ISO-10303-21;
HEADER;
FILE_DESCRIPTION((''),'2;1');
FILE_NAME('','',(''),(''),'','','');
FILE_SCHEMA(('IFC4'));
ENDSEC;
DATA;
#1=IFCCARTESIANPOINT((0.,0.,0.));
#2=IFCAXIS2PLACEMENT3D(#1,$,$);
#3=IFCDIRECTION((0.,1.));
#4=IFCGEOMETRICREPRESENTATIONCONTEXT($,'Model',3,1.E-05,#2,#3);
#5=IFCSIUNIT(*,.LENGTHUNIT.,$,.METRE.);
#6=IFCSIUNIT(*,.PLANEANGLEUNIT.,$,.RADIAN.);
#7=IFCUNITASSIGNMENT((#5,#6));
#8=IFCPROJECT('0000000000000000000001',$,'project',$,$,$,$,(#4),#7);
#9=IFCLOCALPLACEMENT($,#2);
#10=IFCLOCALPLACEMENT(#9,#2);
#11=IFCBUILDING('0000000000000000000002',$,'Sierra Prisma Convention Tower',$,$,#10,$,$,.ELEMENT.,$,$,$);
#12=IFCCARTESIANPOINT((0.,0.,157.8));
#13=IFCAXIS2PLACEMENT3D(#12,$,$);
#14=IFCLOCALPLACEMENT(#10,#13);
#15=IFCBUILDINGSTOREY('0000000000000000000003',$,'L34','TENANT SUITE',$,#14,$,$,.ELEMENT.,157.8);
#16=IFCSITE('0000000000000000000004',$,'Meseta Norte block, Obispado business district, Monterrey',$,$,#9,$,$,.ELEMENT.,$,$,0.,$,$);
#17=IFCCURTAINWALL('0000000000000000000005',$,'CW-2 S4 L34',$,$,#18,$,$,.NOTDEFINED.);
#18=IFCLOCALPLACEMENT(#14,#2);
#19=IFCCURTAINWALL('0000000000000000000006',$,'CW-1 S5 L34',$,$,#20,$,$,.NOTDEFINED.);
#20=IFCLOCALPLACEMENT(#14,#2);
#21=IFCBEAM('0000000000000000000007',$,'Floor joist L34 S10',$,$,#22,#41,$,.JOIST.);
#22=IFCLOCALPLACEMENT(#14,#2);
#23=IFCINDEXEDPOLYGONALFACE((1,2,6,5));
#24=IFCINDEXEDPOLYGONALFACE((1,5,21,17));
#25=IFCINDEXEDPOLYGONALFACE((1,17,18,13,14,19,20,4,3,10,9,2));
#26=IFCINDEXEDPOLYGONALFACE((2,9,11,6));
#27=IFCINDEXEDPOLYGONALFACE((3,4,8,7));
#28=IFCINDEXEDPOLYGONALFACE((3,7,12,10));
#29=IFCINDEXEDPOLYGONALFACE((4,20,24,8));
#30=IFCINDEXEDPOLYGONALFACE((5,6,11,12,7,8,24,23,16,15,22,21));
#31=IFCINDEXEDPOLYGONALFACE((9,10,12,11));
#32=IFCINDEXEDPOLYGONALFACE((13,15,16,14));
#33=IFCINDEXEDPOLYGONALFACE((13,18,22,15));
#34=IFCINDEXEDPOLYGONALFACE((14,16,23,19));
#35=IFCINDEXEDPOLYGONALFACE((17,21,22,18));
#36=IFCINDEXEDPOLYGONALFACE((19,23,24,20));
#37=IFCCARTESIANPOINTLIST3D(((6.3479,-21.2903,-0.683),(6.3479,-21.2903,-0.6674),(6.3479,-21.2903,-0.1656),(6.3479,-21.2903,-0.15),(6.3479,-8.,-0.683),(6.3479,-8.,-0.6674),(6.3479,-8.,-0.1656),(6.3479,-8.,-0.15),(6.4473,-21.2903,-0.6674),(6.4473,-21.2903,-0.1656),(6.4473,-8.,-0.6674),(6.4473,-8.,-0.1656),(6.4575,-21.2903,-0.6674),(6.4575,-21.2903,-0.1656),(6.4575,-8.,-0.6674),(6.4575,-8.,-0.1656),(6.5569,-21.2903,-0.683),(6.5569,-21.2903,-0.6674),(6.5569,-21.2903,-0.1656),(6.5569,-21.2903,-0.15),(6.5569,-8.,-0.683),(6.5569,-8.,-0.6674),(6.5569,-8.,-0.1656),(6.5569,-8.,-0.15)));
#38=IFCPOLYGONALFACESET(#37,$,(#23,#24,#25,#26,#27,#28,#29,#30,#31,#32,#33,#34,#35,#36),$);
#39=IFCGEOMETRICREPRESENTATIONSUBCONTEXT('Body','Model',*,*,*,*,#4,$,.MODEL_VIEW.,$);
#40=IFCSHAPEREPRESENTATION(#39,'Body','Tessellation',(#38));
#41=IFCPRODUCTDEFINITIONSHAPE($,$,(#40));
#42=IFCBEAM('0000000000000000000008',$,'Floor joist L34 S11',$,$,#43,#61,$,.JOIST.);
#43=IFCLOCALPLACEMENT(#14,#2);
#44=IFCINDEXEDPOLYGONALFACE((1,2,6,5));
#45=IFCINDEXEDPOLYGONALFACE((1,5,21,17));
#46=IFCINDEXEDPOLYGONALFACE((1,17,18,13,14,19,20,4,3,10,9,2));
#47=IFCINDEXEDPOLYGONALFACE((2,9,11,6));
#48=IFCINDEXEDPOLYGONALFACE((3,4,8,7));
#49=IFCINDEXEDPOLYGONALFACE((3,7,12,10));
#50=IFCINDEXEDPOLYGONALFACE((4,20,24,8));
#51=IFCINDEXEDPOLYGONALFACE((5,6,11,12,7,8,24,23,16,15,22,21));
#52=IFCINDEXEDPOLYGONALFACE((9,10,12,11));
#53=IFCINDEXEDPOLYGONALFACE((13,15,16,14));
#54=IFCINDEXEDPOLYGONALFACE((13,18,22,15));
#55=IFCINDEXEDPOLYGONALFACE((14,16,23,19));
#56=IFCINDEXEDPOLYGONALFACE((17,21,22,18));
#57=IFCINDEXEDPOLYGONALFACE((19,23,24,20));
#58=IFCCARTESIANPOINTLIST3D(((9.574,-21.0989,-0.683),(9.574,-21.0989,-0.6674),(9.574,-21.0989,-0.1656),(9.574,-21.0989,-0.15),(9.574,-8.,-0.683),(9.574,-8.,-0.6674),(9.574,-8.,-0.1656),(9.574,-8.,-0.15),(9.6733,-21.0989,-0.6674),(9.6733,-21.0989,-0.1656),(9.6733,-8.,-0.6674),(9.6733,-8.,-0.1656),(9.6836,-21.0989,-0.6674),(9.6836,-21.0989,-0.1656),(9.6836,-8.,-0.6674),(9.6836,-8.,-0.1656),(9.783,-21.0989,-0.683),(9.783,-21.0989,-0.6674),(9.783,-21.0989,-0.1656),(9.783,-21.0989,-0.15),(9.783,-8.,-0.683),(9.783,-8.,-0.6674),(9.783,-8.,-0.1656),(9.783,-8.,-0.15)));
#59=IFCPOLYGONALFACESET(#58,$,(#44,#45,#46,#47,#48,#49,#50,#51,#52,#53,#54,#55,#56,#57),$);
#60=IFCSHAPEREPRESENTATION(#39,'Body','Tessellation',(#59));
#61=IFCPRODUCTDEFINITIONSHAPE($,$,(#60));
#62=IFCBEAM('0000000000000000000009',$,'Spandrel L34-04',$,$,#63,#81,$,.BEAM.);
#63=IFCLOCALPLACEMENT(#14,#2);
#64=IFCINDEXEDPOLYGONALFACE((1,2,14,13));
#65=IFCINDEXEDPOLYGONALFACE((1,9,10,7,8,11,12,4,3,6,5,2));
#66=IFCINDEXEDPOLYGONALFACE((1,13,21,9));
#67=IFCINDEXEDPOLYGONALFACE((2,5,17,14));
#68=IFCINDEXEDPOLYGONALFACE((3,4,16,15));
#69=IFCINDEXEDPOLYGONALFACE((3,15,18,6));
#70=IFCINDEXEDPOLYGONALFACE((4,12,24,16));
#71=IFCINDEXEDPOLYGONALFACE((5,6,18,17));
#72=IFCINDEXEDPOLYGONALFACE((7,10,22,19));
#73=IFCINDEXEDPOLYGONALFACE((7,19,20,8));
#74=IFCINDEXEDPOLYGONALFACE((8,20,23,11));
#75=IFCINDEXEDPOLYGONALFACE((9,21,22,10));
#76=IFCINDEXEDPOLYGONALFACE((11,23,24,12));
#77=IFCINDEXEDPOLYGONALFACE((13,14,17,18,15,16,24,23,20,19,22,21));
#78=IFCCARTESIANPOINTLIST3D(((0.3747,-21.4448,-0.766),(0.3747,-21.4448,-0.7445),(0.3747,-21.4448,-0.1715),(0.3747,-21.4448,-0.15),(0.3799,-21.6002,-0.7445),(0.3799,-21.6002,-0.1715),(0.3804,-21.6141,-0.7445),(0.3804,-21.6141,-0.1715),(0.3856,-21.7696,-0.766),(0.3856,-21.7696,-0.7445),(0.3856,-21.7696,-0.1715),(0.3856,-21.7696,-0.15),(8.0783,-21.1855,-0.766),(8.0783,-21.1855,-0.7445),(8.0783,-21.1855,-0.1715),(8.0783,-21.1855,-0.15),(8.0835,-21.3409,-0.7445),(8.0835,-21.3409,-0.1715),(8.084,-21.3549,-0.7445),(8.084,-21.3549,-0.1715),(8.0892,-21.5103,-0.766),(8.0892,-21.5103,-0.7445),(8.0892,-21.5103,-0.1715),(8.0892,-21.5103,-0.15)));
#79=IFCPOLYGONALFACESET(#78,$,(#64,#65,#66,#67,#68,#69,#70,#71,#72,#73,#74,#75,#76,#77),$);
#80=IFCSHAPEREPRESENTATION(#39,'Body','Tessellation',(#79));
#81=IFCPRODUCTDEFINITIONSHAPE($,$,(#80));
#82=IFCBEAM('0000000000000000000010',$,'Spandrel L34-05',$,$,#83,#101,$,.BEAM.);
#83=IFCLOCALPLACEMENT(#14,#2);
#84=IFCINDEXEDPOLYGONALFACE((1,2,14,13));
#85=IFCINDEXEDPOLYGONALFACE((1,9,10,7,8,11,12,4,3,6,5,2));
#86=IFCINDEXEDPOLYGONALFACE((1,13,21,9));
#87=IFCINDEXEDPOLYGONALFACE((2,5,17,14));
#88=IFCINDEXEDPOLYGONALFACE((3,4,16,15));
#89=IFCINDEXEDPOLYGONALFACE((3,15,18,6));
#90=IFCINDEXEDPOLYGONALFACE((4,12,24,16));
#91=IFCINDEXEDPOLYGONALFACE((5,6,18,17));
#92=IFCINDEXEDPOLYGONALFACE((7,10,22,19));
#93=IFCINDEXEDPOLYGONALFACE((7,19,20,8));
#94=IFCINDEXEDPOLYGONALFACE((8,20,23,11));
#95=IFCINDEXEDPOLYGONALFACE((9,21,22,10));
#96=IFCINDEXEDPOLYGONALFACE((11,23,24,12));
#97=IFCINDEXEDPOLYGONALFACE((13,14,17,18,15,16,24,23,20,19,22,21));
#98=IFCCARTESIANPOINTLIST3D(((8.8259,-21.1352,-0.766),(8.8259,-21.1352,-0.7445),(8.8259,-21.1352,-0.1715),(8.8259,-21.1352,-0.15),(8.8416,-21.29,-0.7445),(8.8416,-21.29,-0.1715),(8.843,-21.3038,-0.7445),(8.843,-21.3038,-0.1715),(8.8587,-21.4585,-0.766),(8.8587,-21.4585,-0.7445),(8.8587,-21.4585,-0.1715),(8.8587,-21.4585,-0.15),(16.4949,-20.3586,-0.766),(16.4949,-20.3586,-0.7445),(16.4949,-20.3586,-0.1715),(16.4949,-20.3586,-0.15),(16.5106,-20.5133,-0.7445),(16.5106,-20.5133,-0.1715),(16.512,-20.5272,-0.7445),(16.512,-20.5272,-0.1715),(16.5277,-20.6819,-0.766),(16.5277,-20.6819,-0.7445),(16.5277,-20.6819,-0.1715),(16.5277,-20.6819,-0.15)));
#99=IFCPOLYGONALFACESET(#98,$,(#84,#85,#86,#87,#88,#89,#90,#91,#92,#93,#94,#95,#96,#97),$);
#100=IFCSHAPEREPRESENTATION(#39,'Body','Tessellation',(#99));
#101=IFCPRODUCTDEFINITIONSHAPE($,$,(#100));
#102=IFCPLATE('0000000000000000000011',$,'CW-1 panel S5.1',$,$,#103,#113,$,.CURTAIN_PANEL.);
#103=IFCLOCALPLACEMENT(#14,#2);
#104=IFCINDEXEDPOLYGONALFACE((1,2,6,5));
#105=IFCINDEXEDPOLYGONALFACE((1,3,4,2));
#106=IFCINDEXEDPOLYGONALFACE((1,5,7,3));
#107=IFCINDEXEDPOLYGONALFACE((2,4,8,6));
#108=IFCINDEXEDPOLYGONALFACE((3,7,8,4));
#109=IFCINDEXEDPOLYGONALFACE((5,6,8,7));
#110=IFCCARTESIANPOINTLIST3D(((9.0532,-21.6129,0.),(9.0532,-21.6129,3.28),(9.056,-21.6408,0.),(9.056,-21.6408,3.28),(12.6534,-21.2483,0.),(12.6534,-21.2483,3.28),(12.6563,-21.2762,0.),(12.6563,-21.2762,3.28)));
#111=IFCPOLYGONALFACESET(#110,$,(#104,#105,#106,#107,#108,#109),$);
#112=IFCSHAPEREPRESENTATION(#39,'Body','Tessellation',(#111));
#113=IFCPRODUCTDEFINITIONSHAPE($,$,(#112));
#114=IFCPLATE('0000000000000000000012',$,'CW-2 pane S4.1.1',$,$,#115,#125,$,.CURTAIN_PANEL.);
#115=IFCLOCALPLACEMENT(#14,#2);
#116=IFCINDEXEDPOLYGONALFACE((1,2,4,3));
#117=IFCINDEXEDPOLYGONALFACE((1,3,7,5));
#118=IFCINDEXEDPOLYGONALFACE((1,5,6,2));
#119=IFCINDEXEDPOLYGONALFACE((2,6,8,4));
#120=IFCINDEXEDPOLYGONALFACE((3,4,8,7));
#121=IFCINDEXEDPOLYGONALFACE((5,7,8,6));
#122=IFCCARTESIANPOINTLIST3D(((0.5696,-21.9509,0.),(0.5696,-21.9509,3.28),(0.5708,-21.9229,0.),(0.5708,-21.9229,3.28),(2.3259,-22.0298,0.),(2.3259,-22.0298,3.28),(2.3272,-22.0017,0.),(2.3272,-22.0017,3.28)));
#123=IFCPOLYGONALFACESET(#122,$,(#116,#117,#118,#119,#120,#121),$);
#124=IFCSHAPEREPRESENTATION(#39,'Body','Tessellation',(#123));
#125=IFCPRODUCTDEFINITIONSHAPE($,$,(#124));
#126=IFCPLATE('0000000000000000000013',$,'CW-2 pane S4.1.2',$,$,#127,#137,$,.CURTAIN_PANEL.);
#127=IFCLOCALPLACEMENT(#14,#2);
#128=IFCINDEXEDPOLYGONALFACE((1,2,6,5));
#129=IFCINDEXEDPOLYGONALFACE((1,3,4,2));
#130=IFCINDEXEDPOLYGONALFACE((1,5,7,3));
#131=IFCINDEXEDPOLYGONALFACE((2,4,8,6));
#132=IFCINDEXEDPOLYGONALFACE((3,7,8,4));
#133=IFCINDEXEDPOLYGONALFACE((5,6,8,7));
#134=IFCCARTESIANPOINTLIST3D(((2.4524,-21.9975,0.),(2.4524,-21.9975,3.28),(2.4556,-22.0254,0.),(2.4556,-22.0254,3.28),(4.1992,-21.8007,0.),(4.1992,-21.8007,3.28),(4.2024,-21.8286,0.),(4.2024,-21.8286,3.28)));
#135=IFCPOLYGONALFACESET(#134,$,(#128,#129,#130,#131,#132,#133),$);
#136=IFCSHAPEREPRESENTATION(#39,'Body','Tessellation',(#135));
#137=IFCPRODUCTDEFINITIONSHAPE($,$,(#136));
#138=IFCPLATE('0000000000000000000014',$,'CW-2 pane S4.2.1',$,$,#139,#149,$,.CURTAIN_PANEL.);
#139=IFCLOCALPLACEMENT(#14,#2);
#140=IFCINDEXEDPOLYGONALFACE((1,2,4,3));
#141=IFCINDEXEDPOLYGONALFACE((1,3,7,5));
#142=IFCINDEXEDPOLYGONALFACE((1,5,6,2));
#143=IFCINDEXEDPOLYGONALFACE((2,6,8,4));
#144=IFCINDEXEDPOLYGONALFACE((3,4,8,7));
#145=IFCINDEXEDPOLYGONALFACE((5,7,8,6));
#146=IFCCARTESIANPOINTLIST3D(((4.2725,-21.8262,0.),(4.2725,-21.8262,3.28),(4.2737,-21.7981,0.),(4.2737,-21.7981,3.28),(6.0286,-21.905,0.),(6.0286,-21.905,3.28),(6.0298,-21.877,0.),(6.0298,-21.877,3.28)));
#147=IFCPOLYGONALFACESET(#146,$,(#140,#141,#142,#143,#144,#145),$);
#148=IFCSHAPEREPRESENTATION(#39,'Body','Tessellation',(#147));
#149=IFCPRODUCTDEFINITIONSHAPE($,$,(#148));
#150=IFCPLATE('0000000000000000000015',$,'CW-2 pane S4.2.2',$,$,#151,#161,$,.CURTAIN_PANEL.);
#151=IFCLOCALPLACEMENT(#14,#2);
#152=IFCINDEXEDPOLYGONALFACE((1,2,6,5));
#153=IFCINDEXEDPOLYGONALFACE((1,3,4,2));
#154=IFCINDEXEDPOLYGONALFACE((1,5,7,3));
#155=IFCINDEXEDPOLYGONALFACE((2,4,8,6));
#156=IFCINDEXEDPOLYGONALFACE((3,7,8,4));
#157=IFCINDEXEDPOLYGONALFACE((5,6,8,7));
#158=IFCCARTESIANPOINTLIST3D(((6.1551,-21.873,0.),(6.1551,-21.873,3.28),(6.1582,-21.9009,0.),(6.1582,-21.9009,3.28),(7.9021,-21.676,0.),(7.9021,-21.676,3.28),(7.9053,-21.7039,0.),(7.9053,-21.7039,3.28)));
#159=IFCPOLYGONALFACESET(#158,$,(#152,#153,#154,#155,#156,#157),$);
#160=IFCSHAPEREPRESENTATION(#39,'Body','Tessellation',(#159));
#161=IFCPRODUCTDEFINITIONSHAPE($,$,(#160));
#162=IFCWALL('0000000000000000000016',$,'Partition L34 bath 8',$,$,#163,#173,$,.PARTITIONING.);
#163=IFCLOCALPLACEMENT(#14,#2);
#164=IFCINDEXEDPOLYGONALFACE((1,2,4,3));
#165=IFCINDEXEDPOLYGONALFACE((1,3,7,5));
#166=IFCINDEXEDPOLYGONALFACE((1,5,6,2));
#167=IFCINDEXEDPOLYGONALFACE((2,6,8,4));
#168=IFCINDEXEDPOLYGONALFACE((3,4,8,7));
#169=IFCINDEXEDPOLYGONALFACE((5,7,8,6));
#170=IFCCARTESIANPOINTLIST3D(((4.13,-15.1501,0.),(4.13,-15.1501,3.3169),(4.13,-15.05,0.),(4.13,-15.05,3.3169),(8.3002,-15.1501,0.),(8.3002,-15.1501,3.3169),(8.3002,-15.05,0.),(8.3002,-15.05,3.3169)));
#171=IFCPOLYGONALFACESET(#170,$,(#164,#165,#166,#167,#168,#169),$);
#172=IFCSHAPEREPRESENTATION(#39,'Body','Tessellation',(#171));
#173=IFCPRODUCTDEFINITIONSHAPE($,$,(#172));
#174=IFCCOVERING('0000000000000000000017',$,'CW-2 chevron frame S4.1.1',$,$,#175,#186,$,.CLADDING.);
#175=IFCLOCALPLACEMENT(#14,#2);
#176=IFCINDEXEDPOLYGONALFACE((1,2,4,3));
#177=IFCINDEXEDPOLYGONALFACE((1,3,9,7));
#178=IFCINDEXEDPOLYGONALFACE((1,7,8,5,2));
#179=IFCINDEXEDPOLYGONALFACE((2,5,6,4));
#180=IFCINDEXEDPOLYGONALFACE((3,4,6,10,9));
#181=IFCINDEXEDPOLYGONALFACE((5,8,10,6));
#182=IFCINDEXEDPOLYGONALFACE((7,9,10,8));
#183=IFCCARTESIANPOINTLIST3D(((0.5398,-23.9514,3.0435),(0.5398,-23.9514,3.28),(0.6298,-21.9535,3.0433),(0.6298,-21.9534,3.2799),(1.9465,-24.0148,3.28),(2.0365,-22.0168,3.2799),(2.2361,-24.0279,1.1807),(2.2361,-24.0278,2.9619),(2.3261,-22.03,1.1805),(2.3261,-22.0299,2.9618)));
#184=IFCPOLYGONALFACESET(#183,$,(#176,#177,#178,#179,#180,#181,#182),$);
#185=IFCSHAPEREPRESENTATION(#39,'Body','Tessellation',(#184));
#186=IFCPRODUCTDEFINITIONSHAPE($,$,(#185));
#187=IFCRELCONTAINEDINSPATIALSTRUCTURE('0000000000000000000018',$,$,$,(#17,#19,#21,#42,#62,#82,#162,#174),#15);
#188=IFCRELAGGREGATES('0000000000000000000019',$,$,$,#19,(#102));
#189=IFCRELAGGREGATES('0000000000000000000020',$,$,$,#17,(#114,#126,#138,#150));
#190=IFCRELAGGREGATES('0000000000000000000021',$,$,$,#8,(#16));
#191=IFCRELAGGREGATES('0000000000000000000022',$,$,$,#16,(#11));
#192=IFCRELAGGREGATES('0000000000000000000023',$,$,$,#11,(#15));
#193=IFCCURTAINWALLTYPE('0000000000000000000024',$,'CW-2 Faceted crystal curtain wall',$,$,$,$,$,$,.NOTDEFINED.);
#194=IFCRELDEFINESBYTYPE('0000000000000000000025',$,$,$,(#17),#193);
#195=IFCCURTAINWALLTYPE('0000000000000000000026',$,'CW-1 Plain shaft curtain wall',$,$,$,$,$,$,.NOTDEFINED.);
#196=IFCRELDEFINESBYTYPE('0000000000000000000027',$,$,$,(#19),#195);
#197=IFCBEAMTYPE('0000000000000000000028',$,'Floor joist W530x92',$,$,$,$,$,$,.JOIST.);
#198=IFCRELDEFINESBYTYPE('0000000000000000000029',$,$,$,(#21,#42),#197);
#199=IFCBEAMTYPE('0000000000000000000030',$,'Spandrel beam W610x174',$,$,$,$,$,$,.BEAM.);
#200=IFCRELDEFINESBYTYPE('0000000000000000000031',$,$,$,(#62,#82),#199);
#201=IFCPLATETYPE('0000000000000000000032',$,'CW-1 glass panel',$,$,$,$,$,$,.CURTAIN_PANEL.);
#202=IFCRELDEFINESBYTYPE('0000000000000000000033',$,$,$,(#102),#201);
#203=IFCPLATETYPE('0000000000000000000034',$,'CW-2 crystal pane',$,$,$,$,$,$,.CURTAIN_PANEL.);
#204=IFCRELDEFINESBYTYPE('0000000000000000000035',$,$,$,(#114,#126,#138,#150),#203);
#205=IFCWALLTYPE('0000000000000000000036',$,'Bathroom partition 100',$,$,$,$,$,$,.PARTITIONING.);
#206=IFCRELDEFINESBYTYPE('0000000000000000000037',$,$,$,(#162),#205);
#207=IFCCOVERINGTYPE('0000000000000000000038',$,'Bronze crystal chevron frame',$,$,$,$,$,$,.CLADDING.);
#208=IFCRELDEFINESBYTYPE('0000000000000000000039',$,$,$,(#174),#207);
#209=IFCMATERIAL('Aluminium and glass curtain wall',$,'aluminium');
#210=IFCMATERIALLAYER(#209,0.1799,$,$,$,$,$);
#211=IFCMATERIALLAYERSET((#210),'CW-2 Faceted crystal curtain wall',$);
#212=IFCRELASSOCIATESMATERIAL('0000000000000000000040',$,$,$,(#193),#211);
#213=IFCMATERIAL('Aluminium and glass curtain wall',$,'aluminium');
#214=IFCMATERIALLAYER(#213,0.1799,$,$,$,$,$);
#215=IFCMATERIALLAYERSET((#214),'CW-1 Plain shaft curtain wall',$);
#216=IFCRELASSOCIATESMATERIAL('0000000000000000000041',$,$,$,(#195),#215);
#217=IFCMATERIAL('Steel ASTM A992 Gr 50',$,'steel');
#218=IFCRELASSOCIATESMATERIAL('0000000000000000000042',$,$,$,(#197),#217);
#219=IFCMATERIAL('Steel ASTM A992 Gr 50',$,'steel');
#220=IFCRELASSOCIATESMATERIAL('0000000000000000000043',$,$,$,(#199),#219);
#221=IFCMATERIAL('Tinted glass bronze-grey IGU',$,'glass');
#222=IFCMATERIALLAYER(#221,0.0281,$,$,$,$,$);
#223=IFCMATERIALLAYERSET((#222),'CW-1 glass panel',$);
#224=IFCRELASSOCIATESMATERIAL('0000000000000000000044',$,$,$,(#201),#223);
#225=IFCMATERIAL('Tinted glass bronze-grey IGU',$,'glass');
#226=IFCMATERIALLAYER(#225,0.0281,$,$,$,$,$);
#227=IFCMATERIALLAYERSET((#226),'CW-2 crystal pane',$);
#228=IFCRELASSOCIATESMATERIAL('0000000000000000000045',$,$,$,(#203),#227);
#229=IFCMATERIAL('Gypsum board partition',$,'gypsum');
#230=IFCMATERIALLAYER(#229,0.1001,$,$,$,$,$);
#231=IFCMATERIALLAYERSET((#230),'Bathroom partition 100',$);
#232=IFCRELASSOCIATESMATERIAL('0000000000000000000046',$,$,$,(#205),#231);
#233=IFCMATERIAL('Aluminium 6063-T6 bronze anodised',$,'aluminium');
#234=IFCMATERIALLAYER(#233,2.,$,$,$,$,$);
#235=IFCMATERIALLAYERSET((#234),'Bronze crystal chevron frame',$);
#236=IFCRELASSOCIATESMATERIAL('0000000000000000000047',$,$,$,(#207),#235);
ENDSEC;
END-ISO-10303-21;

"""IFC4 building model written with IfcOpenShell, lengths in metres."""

from ifc_helpers import new_model, si_unit, direction, frame, frame_2d, origin, origin_2d, place, context, subcontext, project, spatial, polyline, rectangle, i_section, outline, extrude, material, layer, layer_set, material_profile, profile_set, type_object, element, aggregate, save


model = new_model("IFC4")

# Units and contexts
model_context = context("Model", 3, precision=1e-05, world=origin(), true_north=direction((0.0, 1.0)))
body_context = subcontext(model_context, "Body", "Model", "MODEL_VIEW")
ifc_project = project(units=[si_unit("LENGTHUNIT", "METRE"), si_unit("PLANEANGLEUNIT", "RADIAN")], contexts=[model_context])

# Site, building, storey
site_placement = place(None, origin())
site = spatial("IfcSite", under=ifc_project, at=site_placement, Name="Meseta Norte block, Obispado business district, Monterrey", CompositionType="ELEMENT", RefElevation=0.0)
building_placement = place(site_placement, origin())
building = spatial("IfcBuilding", under=site, at=building_placement, Name="Sierra Prisma Convention Tower", CompositionType="ELEMENT")
storey_placement = place(building_placement, frame((0.0, 0.0, 157.8)))
storey = spatial("IfcBuildingStorey", under=building, at=storey_placement, Name="L34", Description="TENANT SUITE", CompositionType="ELEMENT", Elevation=157.8)

# Curtain wall
ifc_material_1 = material(Name="Aluminium and glass curtain wall", Category="aluminium")
ifc_layer_1 = layer(ifc_material_1, 0.1799)
ifc_layer_set_1 = layer_set([ifc_layer_1], Name="CW-2 Faceted crystal curtain wall")
curtain_wall_type_1 = type_object("IfcCurtainWallType", Name="CW-2 Faceted crystal curtain wall", PredefinedType="NOTDEFINED", material=ifc_layer_set_1)
curtain_wall_1_placement = place(storey_placement, origin())
curtain_wall_1 = element("IfcCurtainWall", 1, at=curtain_wall_1_placement, inside=storey, type_object=curtain_wall_type_1, Name="CW-2 S4 L34", PredefinedType="NOTDEFINED")

# Curtain wall
ifc_material_2 = material(Name="Aluminium and glass curtain wall", Category="aluminium")
ifc_layer_2 = layer(ifc_material_2, 0.1799)
ifc_layer_set_2 = layer_set([ifc_layer_2], Name="CW-1 Plain shaft curtain wall")
curtain_wall_type_2 = type_object("IfcCurtainWallType", Name="CW-1 Plain shaft curtain wall", PredefinedType="NOTDEFINED", material=ifc_layer_set_2)
curtain_wall_2_placement = place(storey_placement, origin())
curtain_wall_2 = element("IfcCurtainWall", 2, at=curtain_wall_2_placement, inside=storey, type_object=curtain_wall_type_2, Name="CW-1 S5 L34", PredefinedType="NOTDEFINED")

# Beams
ifc_material_3 = material(Name="Steel ASTM A992 Gr 50", Category="steel")
ifc_material_profile_1 = material_profile(ifc_material_3, i_section(OverallWidth=0.209, OverallDepth=0.533, WebThickness=0.0103, FlangeThickness=0.0156, at=origin_2d()), Name="W530x92")
ifc_profile_set_1 = profile_set([ifc_material_profile_1], Name="Steel ASTM A992 Gr 50")
beam_type_1 = type_object("IfcBeamType", Name="Floor joist W530x92", PredefinedType="JOIST", material=ifc_profile_set_1)
beam_1_placement = place(storey_placement, frame((6.4524, -21.2903, -0.4165), z_axis=(0.0, 1.0, 0.0), x_axis=(-1.0, 0.0, 0.0)))
element("IfcBeam", 3, at=beam_1_placement, inside=storey, type_object=beam_type_1, Name="Floor joist L34 S10", PredefinedType="JOIST", context=body_context, shape_type="SweptSolid", body=[
    extrude(i_section(OverallWidth=0.209, OverallDepth=0.533, WebThickness=0.0103, FlangeThickness=0.0156, at=origin_2d()), origin(), (0.0, 0.0, 1.0), 13.2903),
])
beam_2_placement = place(storey_placement, frame((9.6785, -21.0989, -0.4165), z_axis=(0.0, 1.0, 0.0), x_axis=(-1.0, 0.0, 0.0)))
element("IfcBeam", 4, at=beam_2_placement, inside=storey, type_object=beam_type_1, Name="Floor joist L34 S11", PredefinedType="JOIST", context=body_context, shape_type="SweptSolid", body=[
    extrude(i_section(OverallWidth=0.209, OverallDepth=0.533, WebThickness=0.0103, FlangeThickness=0.0156, at=origin_2d()), origin(), (0.0, 0.0, 1.0), 13.0989),
])
ifc_material_4 = material(Name="Steel ASTM A992 Gr 50", Category="steel")
ifc_material_profile_2 = material_profile(ifc_material_4, i_section(OverallWidth=0.325, OverallDepth=0.616, WebThickness=0.0139, FlangeThickness=0.0215, at=origin_2d()), Name="W610x174")
ifc_profile_set_2 = profile_set([ifc_material_profile_2], Name="Steel ASTM A992 Gr 50")
beam_type_2 = type_object("IfcBeamType", Name="Spandrel beam W610x174", PredefinedType="BEAM", material=ifc_profile_set_2)
beam_3_placement = place(storey_placement, frame((0.3801, -21.6072, -0.458), z_axis=(0.999434, 0.033638, 0.0), x_axis=(-0.033638, 0.999434, 0.0)))
element("IfcBeam", 5, at=beam_3_placement, inside=storey, type_object=beam_type_2, Name="Spandrel L34-04", PredefinedType="BEAM", context=body_context, shape_type="SweptSolid", body=[
    extrude(i_section(OverallWidth=0.325, OverallDepth=0.616, WebThickness=0.0139, FlangeThickness=0.0215, at=origin_2d()), origin(), (0.0, 0.0, 1.0), 7.708),
])
beam_4_placement = place(storey_placement, frame((8.8423, -21.2969, -0.458), z_axis=(0.994912, 0.100752, 0.0), x_axis=(-0.100752, 0.994912, 0.0)))
element("IfcBeam", 6, at=beam_4_placement, inside=storey, type_object=beam_type_2, Name="Spandrel L34-05", PredefinedType="BEAM", context=body_context, shape_type="SweptSolid", body=[
    extrude(i_section(OverallWidth=0.325, OverallDepth=0.616, WebThickness=0.0139, FlangeThickness=0.0215, at=origin_2d()), origin(), (0.0, 0.0, 1.0), 7.7083),
])

# Plates
ifc_material_5 = material(Name="Tinted glass bronze-grey IGU", Category="glass")
ifc_layer_3 = layer(ifc_material_5, 0.0281)
ifc_layer_set_3 = layer_set([ifc_layer_3], Name="CW-1 glass panel")
plate_type_1 = type_object("IfcPlateType", Name="CW-1 glass panel", PredefinedType="CURTAIN_PANEL", material=ifc_layer_set_3)
plate_1_placement = place(storey_placement, frame((10.8547, -21.4446, 0.0), z_axis=(0.0, 0.0, 1.0), x_axis=(0.994911, 0.100755, 0.0)))
plate_1 = element("IfcPlate", 7, at=plate_1_placement, type_object=plate_type_1, Name="CW-1 panel S5.1", PredefinedType="CURTAIN_PANEL", context=body_context, shape_type="SweptSolid", body=[
    extrude(rectangle(XDim=3.6187, YDim=0.0281, at=origin_2d()), origin(), (0.0, 0.0, 1.0), 3.28),
])
aggregate(curtain_wall_2, [plate_1])
ifc_material_6 = material(Name="Tinted glass bronze-grey IGU", Category="glass")
ifc_layer_4 = layer(ifc_material_6, 0.0281)
ifc_layer_set_4 = layer_set([ifc_layer_4], Name="CW-2 crystal pane")
plate_type_2 = type_object("IfcPlateType", Name="CW-2 crystal pane", PredefinedType="CURTAIN_PANEL", material=ifc_layer_set_4)
plate_2_placement = place(storey_placement, frame((0.5696, -21.9509, 0.0), z_axis=(-0.044853, -0.998994, 0.0), x_axis=(0.998994, -0.044853, 0.0)))
plate_2 = element("IfcPlate", 8, at=plate_2_placement, type_object=plate_type_2, Name="CW-2 pane S4.1.1", PredefinedType="CURTAIN_PANEL", context=body_context, shape_type="SweptSolid", body=[
    extrude(outline(polyline([(0.0, 0.0), (1.7581, 0.0), (1.7581, 3.28), (0.0, 3.28), (0.0, 0.0)])), origin(), (0.0, 0.0, -1.0), 0.0281),
])
plate_3_placement = place(storey_placement, frame((4.2024, -21.8286, 0.0), z_axis=(0.11194, -0.993715, 0.0), x_axis=(-0.993715, -0.11194, 0.0)))
plate_3 = element("IfcPlate", 9, at=plate_3_placement, type_object=plate_type_2, Name="CW-2 pane S4.1.2", PredefinedType="CURTAIN_PANEL", context=body_context, shape_type="SweptSolid", body=[
    extrude(outline(polyline([(0.0, 0.0), (1.7579, 0.0), (1.7579, -3.28), (0.0, -3.28), (0.0, 0.0)])), origin(), (0.0, 0.0, -1.0), 0.0281),
])
plate_4_placement = place(storey_placement, frame((4.2725, -21.8262, 0.0), z_axis=(-0.04486, -0.998993, 0.0), x_axis=(0.998993, -0.04486, 0.0)))
plate_4 = element("IfcPlate", 10, at=plate_4_placement, type_object=plate_type_2, Name="CW-2 pane S4.2.1", PredefinedType="CURTAIN_PANEL", context=body_context, shape_type="SweptSolid", body=[
    extrude(outline(polyline([(0.0, 0.0), (1.7579, 0.0), (1.7579, 3.28), (0.0, 3.28), (0.0, 0.0)])), origin(), (0.0, 0.0, -1.0), 0.0281),
])
plate_5_placement = place(storey_placement, frame((7.9053, -21.7039, 0.0), z_axis=(0.112062, -0.993701, 0.0), x_axis=(-0.993701, -0.112062, 0.0)))
plate_5 = element("IfcPlate", 11, at=plate_5_placement, type_object=plate_type_2, Name="CW-2 pane S4.2.2", PredefinedType="CURTAIN_PANEL", context=body_context, shape_type="SweptSolid", body=[
    extrude(outline(polyline([(0.0, 0.0), (1.7581, 0.0), (1.7581, -3.28), (0.0, -3.28), (0.0, 0.0)])), origin(), (0.0, 0.0, -1.0), 0.0281),
])
aggregate(curtain_wall_1, [plate_2, plate_3, plate_4, plate_5])

# Wall
ifc_material_7 = material(Name="Gypsum board partition", Category="gypsum")
ifc_layer_5 = layer(ifc_material_7, 0.1001)
ifc_layer_set_5 = layer_set([ifc_layer_5], Name="Bathroom partition 100")
wall_type = type_object("IfcWallType", Name="Bathroom partition 100", PredefinedType="PARTITIONING", material=ifc_layer_set_5)
wall_placement = place(storey_placement, frame((8.3, -15.1001, 0.0), z_axis=(0.0, 0.0, 1.0), x_axis=(-1.0, 0.0, 0.0)))
element("IfcWall", 12, at=wall_placement, inside=storey, type_object=wall_type, Name="Partition L34 bath 8", PredefinedType="PARTITIONING", context=body_context, shape_type="SweptSolid", body=[
    extrude(rectangle(XDim=4.1702, YDim=0.1001, at=frame_2d((2.085, 0.0))), origin(), (0.0, 0.0, 1.0), 3.3169),
])

# Covering
ifc_material_8 = material(Name="Aluminium 6063-T6 bronze anodised", Category="aluminium")
ifc_layer_6 = layer(ifc_material_8, 2.0)
ifc_layer_set_6 = layer_set([ifc_layer_6], Name="Bronze crystal chevron frame")
covering_type = type_object("IfcCoveringType", Name="Bronze crystal chevron frame", PredefinedType="CLADDING", material=ifc_layer_set_6)
covering_1_placement = place(storey_placement, frame((0.5398, -23.9514, 3.28), z_axis=(-0.044992, -0.998987, 0.000061), x_axis=(-0.000003, -0.000061, -1.0)))
element("IfcCovering", 13, at=covering_1_placement, inside=storey, type_object=covering_type, Name="CW-2 chevron frame S4.1.1", PredefinedType="CLADDING", context=body_context, shape_type="SweptSolid", body=[
    extrude(outline(polyline([(0.0, 0.0), (0.2366, 0.0), (2.0994, 1.698), (0.3181, 1.698), (0.0, 1.4082), (0.0, 0.0)])), origin(), (0.0, 0.0, -1.0), 2.0),
])

save(model, "model.ifc")
